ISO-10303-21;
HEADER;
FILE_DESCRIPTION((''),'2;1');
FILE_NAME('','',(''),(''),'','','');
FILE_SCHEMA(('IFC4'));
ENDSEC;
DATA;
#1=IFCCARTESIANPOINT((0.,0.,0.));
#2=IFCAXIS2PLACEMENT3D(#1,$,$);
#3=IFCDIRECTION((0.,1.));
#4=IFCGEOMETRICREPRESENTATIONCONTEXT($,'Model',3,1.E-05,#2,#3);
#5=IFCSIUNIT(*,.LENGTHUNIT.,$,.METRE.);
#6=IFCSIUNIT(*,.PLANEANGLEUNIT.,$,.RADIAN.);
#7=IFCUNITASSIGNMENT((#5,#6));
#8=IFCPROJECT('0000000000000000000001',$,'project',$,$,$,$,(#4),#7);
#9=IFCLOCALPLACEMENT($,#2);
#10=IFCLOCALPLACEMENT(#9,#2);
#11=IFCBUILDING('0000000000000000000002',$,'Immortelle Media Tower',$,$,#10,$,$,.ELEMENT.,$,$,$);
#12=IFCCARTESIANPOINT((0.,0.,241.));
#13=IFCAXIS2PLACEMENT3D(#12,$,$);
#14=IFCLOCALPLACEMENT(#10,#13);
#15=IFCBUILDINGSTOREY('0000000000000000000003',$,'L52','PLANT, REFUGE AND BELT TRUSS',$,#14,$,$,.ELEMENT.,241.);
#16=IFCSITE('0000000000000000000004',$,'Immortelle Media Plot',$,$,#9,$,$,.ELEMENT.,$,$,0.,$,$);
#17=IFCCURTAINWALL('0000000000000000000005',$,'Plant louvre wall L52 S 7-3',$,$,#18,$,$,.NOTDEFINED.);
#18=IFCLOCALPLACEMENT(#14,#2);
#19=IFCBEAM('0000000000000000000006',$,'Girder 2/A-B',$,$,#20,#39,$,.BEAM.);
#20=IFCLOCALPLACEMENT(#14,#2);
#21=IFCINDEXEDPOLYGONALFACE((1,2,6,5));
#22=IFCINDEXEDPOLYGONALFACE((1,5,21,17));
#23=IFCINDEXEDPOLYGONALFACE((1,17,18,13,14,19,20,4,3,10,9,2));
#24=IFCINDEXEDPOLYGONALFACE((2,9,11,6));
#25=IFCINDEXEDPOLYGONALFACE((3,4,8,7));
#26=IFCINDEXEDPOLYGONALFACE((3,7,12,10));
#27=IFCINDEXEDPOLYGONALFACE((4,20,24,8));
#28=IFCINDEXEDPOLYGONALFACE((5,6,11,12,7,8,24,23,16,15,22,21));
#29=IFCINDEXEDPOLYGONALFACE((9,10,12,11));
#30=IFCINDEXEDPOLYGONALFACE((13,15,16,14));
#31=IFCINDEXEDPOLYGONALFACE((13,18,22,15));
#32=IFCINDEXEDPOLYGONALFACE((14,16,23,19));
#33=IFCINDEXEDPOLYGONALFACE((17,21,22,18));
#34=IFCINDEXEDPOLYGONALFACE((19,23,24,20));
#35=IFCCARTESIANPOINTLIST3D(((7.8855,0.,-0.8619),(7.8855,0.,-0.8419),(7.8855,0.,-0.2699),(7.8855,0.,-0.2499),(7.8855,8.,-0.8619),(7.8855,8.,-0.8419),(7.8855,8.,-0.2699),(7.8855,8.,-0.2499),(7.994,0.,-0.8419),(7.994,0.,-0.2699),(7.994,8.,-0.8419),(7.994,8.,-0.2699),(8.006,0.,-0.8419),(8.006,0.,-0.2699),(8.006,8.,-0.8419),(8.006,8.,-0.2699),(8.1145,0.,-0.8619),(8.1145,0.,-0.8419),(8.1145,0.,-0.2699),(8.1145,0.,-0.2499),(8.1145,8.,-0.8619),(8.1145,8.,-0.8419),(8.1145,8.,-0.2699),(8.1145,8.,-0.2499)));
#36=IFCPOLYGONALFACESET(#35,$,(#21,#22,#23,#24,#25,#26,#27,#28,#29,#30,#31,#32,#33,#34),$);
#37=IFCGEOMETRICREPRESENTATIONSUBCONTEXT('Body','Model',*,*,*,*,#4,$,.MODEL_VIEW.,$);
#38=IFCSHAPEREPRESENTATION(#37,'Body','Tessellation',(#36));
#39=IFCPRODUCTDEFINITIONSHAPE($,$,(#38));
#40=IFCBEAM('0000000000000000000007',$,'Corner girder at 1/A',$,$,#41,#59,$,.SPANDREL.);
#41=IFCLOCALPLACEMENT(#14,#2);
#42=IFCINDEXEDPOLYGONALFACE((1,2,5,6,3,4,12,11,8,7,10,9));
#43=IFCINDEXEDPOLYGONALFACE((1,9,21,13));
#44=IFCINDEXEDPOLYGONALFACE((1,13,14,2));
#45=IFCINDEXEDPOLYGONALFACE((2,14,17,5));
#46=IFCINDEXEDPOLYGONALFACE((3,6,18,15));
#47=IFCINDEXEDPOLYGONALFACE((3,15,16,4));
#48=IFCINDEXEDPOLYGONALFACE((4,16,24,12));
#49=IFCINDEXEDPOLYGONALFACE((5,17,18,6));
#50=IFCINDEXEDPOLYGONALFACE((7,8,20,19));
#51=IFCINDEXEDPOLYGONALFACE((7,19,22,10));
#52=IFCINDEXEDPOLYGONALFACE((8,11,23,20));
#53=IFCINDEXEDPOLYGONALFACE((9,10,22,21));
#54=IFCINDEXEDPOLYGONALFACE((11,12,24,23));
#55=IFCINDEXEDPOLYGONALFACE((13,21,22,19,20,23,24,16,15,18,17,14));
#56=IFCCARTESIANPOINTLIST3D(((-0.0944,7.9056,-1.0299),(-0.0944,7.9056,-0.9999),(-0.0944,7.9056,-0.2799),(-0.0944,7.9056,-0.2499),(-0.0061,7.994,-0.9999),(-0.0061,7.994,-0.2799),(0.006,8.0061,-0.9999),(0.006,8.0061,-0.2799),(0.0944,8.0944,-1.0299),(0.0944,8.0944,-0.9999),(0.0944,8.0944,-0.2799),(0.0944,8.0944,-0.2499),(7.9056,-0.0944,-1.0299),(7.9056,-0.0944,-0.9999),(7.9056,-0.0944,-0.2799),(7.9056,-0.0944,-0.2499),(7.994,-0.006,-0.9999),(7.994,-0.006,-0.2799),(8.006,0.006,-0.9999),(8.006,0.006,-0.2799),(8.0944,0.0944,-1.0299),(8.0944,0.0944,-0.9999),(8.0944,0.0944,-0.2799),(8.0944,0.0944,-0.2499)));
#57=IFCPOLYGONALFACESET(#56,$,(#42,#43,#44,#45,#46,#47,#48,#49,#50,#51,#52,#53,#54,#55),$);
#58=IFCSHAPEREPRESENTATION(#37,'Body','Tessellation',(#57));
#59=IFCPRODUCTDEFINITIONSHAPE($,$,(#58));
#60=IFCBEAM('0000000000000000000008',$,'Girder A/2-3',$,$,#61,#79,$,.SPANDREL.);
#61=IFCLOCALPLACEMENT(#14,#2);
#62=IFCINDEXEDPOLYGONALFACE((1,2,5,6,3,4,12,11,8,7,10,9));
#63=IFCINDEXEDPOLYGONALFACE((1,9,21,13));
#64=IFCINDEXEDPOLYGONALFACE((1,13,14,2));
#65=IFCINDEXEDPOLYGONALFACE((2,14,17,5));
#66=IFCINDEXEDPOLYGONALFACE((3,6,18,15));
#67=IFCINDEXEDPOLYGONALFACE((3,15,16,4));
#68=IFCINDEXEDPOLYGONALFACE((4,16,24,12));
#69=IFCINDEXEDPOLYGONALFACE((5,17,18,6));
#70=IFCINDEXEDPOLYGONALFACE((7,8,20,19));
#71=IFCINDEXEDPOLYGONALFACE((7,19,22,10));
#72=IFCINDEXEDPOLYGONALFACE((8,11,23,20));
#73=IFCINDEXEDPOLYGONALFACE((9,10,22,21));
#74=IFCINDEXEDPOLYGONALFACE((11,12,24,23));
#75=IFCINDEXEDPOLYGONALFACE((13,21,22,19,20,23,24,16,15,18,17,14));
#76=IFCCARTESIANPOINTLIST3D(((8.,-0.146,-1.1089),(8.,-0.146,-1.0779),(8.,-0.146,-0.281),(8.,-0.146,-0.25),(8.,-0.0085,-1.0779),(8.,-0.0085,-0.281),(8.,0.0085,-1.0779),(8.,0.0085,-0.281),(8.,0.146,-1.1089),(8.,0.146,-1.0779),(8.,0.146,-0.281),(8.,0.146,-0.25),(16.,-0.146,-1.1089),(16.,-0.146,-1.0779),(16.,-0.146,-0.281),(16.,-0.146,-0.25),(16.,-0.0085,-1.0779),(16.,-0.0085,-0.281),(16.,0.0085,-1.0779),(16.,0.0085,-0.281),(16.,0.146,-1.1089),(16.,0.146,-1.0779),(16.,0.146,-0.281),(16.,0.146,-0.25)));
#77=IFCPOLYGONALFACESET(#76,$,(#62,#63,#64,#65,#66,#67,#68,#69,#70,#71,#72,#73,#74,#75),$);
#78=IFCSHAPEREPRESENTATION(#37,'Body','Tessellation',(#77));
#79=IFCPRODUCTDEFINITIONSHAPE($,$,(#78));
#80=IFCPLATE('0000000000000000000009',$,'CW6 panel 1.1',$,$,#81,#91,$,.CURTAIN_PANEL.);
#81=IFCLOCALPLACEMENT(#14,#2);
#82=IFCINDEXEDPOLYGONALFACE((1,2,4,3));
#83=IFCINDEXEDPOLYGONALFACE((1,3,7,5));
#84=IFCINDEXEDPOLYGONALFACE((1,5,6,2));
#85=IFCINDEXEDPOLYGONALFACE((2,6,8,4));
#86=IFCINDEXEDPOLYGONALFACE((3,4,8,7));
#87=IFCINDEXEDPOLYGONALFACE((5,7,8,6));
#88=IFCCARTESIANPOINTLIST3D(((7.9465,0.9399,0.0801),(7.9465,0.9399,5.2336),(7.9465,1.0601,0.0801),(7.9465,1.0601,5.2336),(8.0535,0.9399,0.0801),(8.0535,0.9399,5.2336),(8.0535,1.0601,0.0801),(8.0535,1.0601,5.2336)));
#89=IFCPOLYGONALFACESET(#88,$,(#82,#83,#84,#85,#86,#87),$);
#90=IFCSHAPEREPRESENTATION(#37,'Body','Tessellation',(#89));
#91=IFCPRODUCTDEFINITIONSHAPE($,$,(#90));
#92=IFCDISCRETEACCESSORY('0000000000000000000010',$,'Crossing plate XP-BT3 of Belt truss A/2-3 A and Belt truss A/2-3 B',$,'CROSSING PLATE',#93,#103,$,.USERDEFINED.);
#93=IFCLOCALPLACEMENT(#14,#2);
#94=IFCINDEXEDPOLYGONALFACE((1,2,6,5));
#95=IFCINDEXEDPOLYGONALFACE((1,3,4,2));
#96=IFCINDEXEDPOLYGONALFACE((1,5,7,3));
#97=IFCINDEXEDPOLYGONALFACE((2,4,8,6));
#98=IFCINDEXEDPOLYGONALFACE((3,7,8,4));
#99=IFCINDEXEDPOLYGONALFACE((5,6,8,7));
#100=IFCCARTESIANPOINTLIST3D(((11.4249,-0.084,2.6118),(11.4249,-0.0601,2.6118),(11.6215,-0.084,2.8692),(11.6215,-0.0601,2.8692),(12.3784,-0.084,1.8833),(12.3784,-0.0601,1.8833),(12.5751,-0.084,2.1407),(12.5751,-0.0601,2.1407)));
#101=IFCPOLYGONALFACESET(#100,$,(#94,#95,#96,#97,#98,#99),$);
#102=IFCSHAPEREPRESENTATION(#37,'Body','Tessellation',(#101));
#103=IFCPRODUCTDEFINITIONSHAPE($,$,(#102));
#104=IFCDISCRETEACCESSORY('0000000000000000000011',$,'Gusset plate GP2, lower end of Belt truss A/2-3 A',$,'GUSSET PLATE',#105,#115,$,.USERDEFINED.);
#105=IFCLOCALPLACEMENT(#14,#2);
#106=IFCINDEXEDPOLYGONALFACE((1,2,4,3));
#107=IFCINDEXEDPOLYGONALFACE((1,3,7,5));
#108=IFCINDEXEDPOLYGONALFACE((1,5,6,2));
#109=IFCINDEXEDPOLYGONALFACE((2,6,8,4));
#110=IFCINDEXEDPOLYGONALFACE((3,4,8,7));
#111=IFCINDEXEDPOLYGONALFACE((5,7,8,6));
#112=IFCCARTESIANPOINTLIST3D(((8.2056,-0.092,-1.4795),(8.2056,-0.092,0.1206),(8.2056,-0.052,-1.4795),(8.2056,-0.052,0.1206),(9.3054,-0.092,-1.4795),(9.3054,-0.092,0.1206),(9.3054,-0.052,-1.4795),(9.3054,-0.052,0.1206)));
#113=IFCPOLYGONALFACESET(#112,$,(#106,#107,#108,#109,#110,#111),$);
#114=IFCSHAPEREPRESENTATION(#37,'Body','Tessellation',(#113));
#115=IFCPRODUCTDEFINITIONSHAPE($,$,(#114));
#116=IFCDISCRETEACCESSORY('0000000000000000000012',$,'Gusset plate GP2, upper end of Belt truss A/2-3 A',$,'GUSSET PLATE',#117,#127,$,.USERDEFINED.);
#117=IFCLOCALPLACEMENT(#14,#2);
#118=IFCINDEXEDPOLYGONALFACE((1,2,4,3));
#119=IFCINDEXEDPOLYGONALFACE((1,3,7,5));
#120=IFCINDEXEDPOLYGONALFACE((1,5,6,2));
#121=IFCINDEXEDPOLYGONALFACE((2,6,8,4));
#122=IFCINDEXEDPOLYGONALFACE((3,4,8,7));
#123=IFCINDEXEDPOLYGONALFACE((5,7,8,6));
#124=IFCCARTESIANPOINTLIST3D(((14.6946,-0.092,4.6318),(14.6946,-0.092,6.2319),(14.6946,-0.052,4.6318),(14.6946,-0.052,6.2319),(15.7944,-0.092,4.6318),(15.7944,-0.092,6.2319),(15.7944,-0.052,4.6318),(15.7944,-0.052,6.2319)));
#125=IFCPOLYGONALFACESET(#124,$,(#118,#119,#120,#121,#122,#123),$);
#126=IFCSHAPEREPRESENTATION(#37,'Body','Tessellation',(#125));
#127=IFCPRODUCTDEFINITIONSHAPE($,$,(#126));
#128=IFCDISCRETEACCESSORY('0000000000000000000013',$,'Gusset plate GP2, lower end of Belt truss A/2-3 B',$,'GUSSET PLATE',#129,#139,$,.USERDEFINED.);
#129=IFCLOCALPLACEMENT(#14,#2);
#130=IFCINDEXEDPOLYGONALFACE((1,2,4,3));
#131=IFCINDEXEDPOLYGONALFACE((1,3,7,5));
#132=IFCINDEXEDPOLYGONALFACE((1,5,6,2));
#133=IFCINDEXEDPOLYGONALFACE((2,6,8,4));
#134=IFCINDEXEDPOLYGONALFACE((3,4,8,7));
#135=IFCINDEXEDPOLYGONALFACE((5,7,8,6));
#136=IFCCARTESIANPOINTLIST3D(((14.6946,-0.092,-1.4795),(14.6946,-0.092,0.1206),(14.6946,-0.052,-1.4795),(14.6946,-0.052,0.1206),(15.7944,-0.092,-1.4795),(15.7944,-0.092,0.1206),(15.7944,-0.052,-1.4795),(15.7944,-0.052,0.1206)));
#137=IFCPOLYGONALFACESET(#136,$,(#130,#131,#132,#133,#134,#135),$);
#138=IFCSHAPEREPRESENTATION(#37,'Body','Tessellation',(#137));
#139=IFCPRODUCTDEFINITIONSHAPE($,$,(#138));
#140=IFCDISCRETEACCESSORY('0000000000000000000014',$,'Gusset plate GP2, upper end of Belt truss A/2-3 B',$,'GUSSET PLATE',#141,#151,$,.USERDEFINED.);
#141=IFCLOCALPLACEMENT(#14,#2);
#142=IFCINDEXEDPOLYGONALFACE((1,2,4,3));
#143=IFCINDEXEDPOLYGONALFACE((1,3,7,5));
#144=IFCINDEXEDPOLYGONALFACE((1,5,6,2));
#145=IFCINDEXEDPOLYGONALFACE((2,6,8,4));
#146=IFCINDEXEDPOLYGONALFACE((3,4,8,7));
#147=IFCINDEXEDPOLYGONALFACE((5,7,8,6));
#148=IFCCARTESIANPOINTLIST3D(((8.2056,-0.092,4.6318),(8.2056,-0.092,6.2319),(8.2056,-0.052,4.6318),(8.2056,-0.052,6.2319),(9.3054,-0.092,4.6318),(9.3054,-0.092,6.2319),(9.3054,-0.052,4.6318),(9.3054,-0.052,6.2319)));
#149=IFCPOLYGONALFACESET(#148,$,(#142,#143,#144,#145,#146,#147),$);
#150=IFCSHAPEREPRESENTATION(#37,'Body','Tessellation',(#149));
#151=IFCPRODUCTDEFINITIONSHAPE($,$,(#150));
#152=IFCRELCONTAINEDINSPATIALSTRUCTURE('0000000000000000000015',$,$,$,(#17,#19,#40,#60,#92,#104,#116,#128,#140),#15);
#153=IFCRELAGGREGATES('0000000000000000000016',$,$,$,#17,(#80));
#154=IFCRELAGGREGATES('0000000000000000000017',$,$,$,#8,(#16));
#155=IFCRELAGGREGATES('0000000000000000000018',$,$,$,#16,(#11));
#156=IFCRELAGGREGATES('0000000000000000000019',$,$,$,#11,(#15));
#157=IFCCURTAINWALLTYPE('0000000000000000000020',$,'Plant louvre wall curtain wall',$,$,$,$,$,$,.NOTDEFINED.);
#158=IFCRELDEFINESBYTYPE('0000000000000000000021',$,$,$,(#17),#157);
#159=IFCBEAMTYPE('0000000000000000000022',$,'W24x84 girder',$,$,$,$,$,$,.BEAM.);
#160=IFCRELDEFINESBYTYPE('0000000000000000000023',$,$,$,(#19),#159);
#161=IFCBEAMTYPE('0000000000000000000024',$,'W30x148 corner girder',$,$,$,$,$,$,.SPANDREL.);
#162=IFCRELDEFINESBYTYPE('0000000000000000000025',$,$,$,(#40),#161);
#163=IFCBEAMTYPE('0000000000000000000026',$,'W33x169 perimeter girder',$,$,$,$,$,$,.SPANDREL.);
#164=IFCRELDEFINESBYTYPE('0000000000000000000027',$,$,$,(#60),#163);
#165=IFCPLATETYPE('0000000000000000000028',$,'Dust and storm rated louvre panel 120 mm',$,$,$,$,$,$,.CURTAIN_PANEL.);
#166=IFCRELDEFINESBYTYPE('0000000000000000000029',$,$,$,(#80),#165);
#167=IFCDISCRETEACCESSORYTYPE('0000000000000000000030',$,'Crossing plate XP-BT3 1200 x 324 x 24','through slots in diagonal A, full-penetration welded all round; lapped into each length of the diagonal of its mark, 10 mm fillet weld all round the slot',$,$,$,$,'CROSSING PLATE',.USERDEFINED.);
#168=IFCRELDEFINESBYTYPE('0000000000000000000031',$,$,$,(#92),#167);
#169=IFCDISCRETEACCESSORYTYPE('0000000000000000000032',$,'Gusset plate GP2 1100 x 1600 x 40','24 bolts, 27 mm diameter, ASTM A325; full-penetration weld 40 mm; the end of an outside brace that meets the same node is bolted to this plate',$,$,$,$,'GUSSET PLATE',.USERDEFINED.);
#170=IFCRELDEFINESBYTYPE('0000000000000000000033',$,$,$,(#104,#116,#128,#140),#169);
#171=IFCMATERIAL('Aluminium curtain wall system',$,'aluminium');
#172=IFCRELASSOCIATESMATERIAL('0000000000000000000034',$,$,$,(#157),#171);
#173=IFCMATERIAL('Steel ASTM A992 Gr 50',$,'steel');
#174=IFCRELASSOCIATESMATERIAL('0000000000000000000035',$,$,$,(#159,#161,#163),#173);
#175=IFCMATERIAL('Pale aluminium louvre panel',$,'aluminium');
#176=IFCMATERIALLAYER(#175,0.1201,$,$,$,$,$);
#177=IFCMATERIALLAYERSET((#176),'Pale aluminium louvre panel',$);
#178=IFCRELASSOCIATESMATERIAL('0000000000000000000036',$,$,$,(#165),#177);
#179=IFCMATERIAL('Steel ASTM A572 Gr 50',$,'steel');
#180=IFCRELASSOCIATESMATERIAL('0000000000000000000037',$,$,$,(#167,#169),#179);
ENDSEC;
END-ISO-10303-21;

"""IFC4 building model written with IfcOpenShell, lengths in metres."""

from ifc_helpers import new_model, si_unit, direction, frame, origin, origin_2d, place, context, subcontext, project, spatial, rectangle, i_section, extrude, material, layer, layer_set, material_profile, profile_set, type_object, element, aggregate, save


model = new_model("IFC4")

# Units and contexts
model_context = context("Model", 3, precision=1e-05, world=origin(), true_north=direction((0.0, 1.0)))
body_context = subcontext(model_context, "Body", "Model", "MODEL_VIEW")
ifc_project = project(units=[si_unit("LENGTHUNIT", "METRE"), si_unit("PLANEANGLEUNIT", "RADIAN")], contexts=[model_context])

# Site, building, storey
site_placement = place(None, origin())
site = spatial("IfcSite", under=ifc_project, at=site_placement, Name="Immortelle Media Plot", CompositionType="ELEMENT", RefElevation=0.0)
building_placement = place(site_placement, origin())
building = spatial("IfcBuilding", under=site, at=building_placement, Name="Immortelle Media Tower", CompositionType="ELEMENT")
storey_placement = place(building_placement, frame((0.0, 0.0, 241.0)))
storey = spatial("IfcBuildingStorey", under=building, at=storey_placement, Name="L52", Description="PLANT, REFUGE AND BELT TRUSS", CompositionType="ELEMENT", Elevation=241.0)

# Shared definitions
ifc_material_1 = material(Name="Steel ASTM A992 Gr 50", Category="steel")

# Curtain wall
ifc_material_2 = material(Name="Aluminium curtain wall system", Category="aluminium")
curtain_wall_type = type_object("IfcCurtainWallType", Name="Plant louvre wall curtain wall", PredefinedType="NOTDEFINED", material=ifc_material_2)
curtain_wall_1_placement = place(storey_placement, origin())
curtain_wall_1 = element("IfcCurtainWall", 1, at=curtain_wall_1_placement, inside=storey, type_object=curtain_wall_type, Name="Plant louvre wall L52 S 7-3", PredefinedType="NOTDEFINED")

# Beams
ifc_material_profile_1 = material_profile(ifc_material_1, i_section(OverallWidth=0.229, OverallDepth=0.6121, WebThickness=0.012, FlangeThickness=0.02, at=origin_2d()), Name="W24x84")
ifc_profile_set_1 = profile_set([ifc_material_profile_1], Name="Steel ASTM A992 Gr 50")
beam_type_1 = type_object("IfcBeamType", Name="W24x84 girder", PredefinedType="BEAM", material=ifc_profile_set_1)
beam_1_placement = place(storey_placement, frame((8.0, 0.0, -0.5559), z_axis=(0.0, 1.0, 0.0), x_axis=(-1.0, 0.0, 0.0)))
element("IfcBeam", 2, at=beam_1_placement, inside=storey, type_object=beam_type_1, Name="Girder 2/A-B", PredefinedType="BEAM", context=body_context, shape_type="SweptSolid", body=[
    extrude(i_section(OverallWidth=0.229, OverallDepth=0.6121, WebThickness=0.012, FlangeThickness=0.02, at=origin_2d()), origin(), (0.0, 0.0, 1.0), 8.0),
])
ifc_material_profile_2 = material_profile(ifc_material_1, i_section(OverallWidth=0.2671, OverallDepth=0.78, WebThickness=0.0171, FlangeThickness=0.03, at=origin_2d()), Name="W30x148")
ifc_profile_set_2 = profile_set([ifc_material_profile_2], Name="Steel ASTM A992 Gr 50")
beam_type_2 = type_object("IfcBeamType", Name="W30x148 corner girder", PredefinedType="SPANDREL", material=ifc_profile_set_2)
beam_2_placement = place(storey_placement, frame((8.0, 0.0, -0.6399), z_axis=(-0.707107, 0.707107, 0.0), x_axis=(-0.707107, -0.707107, 0.0)))
element("IfcBeam", 3, at=beam_2_placement, inside=storey, type_object=beam_type_2, Name="Corner girder at 1/A", PredefinedType="SPANDREL", context=body_context, shape_type="SweptSolid", body=[
    extrude(i_section(OverallWidth=0.2671, OverallDepth=0.78, WebThickness=0.0171, FlangeThickness=0.03, at=origin_2d()), origin(), (0.0, 0.0, 1.0), 11.3137),
])
ifc_material_profile_3 = material_profile(ifc_material_1, i_section(OverallWidth=0.292, OverallDepth=0.8589, WebThickness=0.0171, FlangeThickness=0.031, at=origin_2d()), Name="W33x169")
ifc_profile_set_3 = profile_set([ifc_material_profile_3], Name="Steel ASTM A992 Gr 50")
beam_type_3 = type_object("IfcBeamType", Name="W33x169 perimeter girder", PredefinedType="SPANDREL", material=ifc_profile_set_3)
beam_3_placement = place(storey_placement, frame((8.0, 0.0, -0.6794), z_axis=(1.0, 0.0, 0.0), x_axis=(0.0, 1.0, 0.0)))
element("IfcBeam", 4, at=beam_3_placement, inside=storey, type_object=beam_type_3, Name="Girder A/2-3", PredefinedType="SPANDREL", context=body_context, shape_type="SweptSolid", body=[
    extrude(i_section(OverallWidth=0.292, OverallDepth=0.8589, WebThickness=0.0171, FlangeThickness=0.031, at=origin_2d()), origin(), (0.0, 0.0, 1.0), 8.0),
])

# Plate
ifc_material_3 = material(Name="Pale aluminium louvre panel", Category="aluminium")
ifc_layer = layer(ifc_material_3, 0.1201)
ifc_layer_set = layer_set([ifc_layer], Name="Pale aluminium louvre panel")
plate_type = type_object("IfcPlateType", Name="Dust and storm rated louvre panel 120 mm", PredefinedType="CURTAIN_PANEL", material=ifc_layer_set)
plate_placement = place(storey_placement, frame((8.0, 1.0, 0.0801), z_axis=(0.0, 0.0, 1.0), x_axis=(1.0, 0.0, 0.0)))
plate = element("IfcPlate", 5, at=plate_placement, type_object=plate_type, Name="CW6 panel 1.1", PredefinedType="CURTAIN_PANEL", context=body_context, shape_type="SweptSolid", body=[
    extrude(rectangle(XDim=0.1069, YDim=0.1201, at=origin_2d()), origin(), (0.0, 0.0, 1.0), 5.1536),
])
aggregate(curtain_wall_1, [plate])

# Discrete accessories
ifc_material_4 = material(Name="Steel ASTM A572 Gr 50", Category="steel")
ifc_material_profile_4 = material_profile(ifc_material_4, rectangle(XDim=0.0239, YDim=0.324, at=origin_2d()), Name="PL 24 x 324")
ifc_profile_set_4 = profile_set([ifc_material_profile_4], Name="Steel ASTM A572 Gr 50")
discrete_accessory_type_1 = type_object("IfcDiscreteAccessoryType", Name="Crossing plate XP-BT3 1200 x 324 x 24", Description="through slots in diagonal A, full-penetration welded all round; lapped into each length of the diagonal of its mark, 10 mm fillet weld all round the slot", ElementType="CROSSING PLATE", PredefinedType="USERDEFINED", material=ifc_profile_set_4)
discrete_accessory_placement = place(storey_placement, frame((11.5232, -0.072, 2.7405), z_axis=(0.794646, 0.0, -0.607072), x_axis=(0.0, 1.0, 0.0)))
element("IfcDiscreteAccessory", 6, at=discrete_accessory_placement, inside=storey, type_object=discrete_accessory_type_1, Name="Crossing plate XP-BT3 of Belt truss A/2-3 A and Belt truss A/2-3 B", ObjectType="CROSSING PLATE", PredefinedType="USERDEFINED", context=body_context, shape_type="SweptSolid", body=[
    extrude(rectangle(XDim=0.0239, YDim=0.324, at=origin_2d()), origin(), (0.0, 0.0, 1.0), 1.2),
])
ifc_material_profile_5 = material_profile(ifc_material_4, rectangle(XDim=0.04, YDim=1.6001, at=origin_2d()), Name="PL 40 x 1600")
ifc_profile_set_5 = profile_set([ifc_material_profile_5], Name="Steel ASTM A572 Gr 50")
discrete_accessory_type_2 = type_object("IfcDiscreteAccessoryType", Name="Gusset plate GP2 1100 x 1600 x 40", Description="24 bolts, 27 mm diameter, ASTM A325; full-penetration weld 40 mm; the end of an outside brace that meets the same node is bolted to this plate", ElementType="GUSSET PLATE", PredefinedType="USERDEFINED", material=ifc_profile_set_5)
for number, where, z_axis, x_axis, name in (
    (7, (8.2056, -0.072, -0.6794), (1.0, 0.0, 0.0), (0.0, 1.0, 0.0), "Gusset plate GP2, lower end of Belt truss A/2-3 A"),
    (8, (15.7944, -0.072, 5.4319), (-1.0, 0.0, 0.0), (0.0, -1.0, 0.0), "Gusset plate GP2, upper end of Belt truss A/2-3 A"),
    (9, (15.7944, -0.072, -0.6794), (-1.0, 0.0, 0.0), (0.0, -1.0, 0.0), "Gusset plate GP2, lower end of Belt truss A/2-3 B"),
    (10, (8.2056, -0.072, 5.4319), (1.0, 0.0, 0.0), (0.0, 1.0, 0.0), "Gusset plate GP2, upper end of Belt truss A/2-3 B"),
):
    element("IfcDiscreteAccessory", number, at=place(storey_placement, frame(where, z_axis=z_axis, x_axis=x_axis)), inside=storey, type_object=discrete_accessory_type_2, Name=name, ObjectType="GUSSET PLATE", PredefinedType="USERDEFINED", context=body_context, shape_type="SweptSolid", body=[
        extrude(rectangle(XDim=0.04, YDim=1.6001, at=origin_2d()), origin(), (0.0, 0.0, 1.0), 1.0999),
    ])

save(model, "model.ifc")
